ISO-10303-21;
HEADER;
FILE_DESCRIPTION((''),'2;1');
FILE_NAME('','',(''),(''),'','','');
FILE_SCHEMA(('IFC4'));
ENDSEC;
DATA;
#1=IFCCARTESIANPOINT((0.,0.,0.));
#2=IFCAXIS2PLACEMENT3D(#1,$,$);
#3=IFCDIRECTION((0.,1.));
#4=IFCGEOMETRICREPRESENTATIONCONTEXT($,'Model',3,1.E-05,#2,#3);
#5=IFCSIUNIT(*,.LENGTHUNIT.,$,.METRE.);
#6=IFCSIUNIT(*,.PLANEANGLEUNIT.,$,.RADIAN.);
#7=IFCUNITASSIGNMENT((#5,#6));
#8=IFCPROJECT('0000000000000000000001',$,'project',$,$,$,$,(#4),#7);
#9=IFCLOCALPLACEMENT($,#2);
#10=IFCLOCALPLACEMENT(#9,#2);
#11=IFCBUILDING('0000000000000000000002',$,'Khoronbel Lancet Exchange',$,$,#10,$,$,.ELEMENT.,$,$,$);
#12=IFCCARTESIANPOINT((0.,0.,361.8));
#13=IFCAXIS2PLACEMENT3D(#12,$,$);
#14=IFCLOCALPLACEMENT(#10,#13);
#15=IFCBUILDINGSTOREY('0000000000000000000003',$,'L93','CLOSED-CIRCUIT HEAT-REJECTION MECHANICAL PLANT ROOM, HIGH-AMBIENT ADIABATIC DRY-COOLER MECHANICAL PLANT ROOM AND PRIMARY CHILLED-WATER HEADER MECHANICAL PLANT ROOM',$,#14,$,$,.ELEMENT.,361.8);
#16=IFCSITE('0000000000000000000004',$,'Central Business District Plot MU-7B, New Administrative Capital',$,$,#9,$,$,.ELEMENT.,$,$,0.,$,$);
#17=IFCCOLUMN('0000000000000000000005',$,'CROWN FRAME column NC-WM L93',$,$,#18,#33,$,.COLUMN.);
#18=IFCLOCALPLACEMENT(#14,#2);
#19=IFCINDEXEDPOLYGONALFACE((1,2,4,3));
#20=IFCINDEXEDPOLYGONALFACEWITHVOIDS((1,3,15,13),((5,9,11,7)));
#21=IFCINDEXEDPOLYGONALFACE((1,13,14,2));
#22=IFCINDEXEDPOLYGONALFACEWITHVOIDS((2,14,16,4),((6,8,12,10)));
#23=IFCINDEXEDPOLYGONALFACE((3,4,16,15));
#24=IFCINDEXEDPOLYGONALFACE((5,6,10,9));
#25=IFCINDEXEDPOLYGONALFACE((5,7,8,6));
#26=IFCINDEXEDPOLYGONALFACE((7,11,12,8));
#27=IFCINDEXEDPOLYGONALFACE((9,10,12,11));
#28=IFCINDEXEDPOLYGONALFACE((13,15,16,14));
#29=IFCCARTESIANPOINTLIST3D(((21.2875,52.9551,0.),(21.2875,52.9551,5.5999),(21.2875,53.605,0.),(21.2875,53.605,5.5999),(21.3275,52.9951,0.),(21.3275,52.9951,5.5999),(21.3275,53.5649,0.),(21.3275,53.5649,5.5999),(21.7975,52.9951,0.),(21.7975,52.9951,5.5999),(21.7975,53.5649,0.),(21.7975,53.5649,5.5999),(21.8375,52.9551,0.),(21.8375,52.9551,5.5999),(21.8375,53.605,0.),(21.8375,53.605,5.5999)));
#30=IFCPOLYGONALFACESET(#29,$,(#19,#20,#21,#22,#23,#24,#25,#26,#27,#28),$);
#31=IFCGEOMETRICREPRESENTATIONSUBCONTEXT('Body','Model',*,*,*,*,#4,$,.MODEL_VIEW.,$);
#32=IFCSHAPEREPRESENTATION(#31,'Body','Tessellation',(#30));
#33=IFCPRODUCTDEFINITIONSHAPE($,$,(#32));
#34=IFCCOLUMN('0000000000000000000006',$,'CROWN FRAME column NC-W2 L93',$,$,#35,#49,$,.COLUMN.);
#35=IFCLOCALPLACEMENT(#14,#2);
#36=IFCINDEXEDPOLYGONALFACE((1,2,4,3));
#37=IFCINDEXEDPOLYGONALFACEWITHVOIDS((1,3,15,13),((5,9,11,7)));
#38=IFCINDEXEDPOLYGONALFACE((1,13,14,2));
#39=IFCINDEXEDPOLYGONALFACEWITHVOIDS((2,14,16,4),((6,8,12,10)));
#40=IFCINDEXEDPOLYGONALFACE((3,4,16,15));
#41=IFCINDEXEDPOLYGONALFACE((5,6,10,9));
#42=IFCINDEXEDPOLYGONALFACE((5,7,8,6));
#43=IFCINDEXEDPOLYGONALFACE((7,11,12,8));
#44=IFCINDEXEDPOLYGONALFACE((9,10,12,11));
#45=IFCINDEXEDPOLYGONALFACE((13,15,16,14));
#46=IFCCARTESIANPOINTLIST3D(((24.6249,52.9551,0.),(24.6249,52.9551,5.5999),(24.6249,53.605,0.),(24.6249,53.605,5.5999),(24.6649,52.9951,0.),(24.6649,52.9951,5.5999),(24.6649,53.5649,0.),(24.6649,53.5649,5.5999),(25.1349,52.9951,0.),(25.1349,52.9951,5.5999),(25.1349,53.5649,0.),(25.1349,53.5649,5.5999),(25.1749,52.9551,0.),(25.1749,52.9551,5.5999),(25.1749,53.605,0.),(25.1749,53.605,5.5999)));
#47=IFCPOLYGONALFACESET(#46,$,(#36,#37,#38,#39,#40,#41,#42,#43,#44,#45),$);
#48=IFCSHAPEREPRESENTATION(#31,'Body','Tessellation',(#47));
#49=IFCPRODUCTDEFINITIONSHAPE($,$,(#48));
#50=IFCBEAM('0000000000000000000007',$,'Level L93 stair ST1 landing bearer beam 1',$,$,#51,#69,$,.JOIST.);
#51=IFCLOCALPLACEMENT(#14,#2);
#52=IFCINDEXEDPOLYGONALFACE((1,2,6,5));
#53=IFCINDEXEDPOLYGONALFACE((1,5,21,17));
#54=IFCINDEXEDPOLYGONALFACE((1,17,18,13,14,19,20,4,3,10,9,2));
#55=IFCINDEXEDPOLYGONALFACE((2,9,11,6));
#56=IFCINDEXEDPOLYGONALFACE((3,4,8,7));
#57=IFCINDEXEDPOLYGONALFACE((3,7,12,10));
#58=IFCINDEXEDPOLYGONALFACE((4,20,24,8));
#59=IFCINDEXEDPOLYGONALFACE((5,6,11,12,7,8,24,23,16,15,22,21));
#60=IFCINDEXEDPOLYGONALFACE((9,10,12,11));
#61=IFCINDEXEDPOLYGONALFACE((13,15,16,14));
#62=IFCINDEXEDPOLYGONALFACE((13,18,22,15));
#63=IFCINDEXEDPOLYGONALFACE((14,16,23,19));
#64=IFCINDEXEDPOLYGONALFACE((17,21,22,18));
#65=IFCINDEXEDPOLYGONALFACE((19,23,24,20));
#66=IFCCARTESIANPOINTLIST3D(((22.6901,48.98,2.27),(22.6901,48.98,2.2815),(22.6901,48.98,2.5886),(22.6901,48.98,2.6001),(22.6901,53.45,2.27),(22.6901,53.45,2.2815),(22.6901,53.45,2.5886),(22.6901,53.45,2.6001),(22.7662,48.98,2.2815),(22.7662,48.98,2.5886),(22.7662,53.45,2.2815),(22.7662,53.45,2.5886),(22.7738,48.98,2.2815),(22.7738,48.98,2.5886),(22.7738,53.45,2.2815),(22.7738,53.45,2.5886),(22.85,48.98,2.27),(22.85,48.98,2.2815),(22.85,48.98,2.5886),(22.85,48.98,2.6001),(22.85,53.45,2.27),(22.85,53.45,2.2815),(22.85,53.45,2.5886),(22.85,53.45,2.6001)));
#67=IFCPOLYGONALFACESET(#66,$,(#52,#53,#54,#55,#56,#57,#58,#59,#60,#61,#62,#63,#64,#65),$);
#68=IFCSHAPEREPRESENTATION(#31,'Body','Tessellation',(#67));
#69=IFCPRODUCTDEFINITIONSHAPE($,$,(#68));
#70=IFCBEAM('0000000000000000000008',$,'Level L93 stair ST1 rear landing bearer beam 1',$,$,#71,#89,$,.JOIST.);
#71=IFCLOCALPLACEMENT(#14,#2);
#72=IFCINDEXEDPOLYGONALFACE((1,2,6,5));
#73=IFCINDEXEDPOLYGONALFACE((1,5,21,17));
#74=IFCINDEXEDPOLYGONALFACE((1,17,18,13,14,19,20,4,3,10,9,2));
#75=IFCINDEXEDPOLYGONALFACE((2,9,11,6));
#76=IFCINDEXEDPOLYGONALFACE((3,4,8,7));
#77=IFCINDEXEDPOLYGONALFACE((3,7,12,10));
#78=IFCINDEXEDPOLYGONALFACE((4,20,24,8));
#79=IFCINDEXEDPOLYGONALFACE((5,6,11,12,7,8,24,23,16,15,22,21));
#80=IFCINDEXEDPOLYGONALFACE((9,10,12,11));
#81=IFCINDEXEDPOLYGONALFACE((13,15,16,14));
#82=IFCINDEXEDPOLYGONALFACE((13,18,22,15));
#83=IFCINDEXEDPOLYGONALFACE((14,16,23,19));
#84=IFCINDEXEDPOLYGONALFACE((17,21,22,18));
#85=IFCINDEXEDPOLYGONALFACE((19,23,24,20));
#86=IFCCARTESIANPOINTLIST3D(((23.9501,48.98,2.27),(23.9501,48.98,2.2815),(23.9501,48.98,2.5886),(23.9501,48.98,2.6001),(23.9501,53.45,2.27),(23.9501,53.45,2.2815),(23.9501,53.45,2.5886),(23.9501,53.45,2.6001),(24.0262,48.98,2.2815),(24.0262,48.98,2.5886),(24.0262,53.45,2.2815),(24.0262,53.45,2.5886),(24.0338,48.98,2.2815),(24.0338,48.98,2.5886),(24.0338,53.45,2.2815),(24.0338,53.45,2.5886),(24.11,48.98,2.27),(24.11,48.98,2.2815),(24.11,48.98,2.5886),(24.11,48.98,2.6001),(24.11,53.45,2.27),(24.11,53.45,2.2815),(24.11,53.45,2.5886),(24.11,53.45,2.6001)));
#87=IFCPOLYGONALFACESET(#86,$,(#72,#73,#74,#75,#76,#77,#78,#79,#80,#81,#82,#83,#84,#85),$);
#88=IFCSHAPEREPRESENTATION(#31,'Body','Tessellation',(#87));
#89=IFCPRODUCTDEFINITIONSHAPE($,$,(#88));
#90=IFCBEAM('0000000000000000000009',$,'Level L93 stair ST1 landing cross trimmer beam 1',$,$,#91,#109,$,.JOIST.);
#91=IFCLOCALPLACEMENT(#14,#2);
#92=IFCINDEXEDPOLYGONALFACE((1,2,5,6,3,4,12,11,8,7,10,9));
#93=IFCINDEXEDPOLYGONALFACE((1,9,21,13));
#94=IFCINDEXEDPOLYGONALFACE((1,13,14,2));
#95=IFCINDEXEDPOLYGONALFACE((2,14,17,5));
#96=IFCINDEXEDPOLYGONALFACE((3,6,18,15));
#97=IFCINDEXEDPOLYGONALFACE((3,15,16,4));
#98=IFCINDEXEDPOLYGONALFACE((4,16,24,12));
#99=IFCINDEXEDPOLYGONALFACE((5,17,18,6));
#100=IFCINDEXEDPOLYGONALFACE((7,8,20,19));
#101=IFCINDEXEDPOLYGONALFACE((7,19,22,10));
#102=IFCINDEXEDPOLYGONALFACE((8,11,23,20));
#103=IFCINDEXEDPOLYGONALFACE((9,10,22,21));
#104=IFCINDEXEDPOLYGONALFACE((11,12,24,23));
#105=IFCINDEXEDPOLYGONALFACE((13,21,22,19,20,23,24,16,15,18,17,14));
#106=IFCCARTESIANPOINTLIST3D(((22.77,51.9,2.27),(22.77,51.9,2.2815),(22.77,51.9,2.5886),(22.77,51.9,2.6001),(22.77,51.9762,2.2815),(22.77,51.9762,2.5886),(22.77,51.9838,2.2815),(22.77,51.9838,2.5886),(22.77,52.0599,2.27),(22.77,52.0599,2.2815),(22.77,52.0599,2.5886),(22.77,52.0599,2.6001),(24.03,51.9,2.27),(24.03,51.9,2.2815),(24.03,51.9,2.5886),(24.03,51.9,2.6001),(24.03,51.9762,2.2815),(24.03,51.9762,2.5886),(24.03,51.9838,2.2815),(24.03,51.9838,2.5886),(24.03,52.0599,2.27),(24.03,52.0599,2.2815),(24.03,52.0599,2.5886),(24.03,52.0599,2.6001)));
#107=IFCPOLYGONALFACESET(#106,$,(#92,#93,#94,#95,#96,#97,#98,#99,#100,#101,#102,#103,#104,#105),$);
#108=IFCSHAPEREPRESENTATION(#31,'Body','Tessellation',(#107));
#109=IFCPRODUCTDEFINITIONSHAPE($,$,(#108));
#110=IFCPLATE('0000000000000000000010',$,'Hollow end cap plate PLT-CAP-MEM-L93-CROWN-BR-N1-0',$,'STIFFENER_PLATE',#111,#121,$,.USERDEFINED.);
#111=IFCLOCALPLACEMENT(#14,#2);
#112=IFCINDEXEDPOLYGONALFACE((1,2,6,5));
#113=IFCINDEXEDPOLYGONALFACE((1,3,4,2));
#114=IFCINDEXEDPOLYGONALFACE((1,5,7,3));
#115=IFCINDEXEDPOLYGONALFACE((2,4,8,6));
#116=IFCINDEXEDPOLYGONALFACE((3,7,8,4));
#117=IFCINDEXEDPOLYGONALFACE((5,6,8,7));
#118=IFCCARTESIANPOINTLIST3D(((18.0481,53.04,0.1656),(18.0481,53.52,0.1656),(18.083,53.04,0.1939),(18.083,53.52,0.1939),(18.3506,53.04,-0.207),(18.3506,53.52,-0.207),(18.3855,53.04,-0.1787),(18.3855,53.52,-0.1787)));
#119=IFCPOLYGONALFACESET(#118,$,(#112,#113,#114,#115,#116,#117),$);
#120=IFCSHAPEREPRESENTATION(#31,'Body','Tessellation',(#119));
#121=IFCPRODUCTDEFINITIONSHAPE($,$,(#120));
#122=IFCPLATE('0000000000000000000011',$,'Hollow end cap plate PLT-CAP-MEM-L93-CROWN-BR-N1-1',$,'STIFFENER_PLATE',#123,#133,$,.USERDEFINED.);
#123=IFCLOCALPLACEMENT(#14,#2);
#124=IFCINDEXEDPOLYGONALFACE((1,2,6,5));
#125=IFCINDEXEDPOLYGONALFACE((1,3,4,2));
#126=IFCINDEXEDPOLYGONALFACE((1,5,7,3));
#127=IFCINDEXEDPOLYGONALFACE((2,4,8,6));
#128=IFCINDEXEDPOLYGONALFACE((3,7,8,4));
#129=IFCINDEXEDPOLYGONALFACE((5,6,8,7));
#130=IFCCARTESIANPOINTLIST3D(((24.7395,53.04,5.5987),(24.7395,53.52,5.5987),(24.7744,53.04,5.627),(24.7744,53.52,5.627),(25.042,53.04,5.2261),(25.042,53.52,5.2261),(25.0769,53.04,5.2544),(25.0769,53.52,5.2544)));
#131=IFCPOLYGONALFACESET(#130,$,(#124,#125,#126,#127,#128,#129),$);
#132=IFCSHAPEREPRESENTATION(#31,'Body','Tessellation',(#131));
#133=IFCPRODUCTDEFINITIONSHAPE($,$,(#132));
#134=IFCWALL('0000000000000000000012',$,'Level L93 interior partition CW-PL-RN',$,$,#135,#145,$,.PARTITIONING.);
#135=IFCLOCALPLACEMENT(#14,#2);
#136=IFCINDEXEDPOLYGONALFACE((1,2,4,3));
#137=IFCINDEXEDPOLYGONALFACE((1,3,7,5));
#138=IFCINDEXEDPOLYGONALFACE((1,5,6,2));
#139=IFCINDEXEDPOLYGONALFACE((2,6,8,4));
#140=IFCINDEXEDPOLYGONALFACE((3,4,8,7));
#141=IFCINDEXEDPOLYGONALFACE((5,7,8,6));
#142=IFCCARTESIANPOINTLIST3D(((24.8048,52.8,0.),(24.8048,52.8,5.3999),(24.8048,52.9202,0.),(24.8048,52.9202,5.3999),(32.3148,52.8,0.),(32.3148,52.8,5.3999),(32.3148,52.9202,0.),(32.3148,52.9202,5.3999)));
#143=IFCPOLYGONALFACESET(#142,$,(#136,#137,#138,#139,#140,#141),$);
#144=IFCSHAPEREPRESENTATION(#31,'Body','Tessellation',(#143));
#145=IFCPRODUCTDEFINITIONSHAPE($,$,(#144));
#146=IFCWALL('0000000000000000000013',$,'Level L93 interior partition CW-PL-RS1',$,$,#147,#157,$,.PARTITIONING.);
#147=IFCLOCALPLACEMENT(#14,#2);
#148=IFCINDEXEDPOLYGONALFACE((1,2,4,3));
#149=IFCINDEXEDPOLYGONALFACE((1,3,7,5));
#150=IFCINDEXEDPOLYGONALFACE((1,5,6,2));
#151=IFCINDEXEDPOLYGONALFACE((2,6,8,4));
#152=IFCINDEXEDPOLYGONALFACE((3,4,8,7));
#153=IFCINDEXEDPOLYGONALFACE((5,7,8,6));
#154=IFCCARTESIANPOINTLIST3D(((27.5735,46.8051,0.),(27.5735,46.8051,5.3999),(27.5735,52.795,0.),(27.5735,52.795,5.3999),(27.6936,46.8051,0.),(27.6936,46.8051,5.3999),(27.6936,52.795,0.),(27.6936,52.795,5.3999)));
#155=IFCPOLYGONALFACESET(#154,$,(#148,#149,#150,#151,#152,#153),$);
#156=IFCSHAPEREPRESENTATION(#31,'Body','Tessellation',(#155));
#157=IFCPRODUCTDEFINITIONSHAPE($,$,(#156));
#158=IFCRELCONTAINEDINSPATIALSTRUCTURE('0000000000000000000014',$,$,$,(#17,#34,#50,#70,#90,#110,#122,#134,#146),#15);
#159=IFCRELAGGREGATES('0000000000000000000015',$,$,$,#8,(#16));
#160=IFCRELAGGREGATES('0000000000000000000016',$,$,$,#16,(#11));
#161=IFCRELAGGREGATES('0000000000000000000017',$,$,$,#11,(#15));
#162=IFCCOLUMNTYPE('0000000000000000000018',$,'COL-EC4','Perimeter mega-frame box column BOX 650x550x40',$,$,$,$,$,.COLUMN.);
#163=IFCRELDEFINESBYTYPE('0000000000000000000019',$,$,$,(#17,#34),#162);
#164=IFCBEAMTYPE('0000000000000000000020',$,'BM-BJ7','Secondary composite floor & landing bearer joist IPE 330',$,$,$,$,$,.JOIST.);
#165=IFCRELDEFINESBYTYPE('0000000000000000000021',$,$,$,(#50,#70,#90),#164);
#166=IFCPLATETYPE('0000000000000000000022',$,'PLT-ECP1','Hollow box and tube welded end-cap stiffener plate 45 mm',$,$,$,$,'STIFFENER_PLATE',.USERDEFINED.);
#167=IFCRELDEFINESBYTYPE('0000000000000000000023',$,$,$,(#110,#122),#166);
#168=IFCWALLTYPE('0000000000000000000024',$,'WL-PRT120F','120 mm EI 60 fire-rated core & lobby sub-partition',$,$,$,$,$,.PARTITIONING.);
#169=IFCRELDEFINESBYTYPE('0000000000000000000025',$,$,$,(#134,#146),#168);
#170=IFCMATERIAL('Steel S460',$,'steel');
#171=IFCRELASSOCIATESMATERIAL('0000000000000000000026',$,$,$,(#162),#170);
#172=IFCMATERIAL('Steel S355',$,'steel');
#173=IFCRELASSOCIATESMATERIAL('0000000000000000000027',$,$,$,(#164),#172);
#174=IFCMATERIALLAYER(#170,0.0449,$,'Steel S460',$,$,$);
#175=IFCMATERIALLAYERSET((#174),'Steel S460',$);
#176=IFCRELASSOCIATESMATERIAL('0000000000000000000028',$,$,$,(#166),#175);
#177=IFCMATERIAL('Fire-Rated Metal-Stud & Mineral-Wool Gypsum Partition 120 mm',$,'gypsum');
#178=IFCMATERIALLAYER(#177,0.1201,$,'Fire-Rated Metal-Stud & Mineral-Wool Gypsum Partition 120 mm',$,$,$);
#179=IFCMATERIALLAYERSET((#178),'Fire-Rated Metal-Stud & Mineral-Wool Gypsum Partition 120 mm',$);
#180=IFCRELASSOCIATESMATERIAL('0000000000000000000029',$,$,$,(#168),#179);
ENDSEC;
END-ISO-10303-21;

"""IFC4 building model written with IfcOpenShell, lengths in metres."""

from ifc_helpers import new_model, si_unit, direction, frame, frame_2d, origin, origin_2d, place, context, subcontext, project, spatial, polyline, rectangle, hollow_rectangle, i_section, outline, extrude, material, layer, layer_set, material_profile, profile_set, type_object, element, save


model = new_model("IFC4")

# Units and contexts
model_context = context("Model", 3, precision=1e-05, world=origin(), true_north=direction((0.0, 1.0)))
body_context = subcontext(model_context, "Body", "Model", "MODEL_VIEW")
ifc_project = project(units=[si_unit("LENGTHUNIT", "METRE"), si_unit("PLANEANGLEUNIT", "RADIAN")], contexts=[model_context])

# Site, building, storey
site_placement = place(None, origin())
site = spatial("IfcSite", under=ifc_project, at=site_placement, Name="Central Business District Plot MU-7B, New Administrative Capital", CompositionType="ELEMENT", RefElevation=0.0)
building_placement = place(site_placement, origin())
building = spatial("IfcBuilding", under=site, at=building_placement, Name="Khoronbel Lancet Exchange", CompositionType="ELEMENT")
storey_placement = place(building_placement, frame((0.0, 0.0, 361.8)))
storey = spatial("IfcBuildingStorey", under=building, at=storey_placement, Name="L93", Description="CLOSED-CIRCUIT HEAT-REJECTION MECHANICAL PLANT ROOM, HIGH-AMBIENT ADIABATIC DRY-COOLER MECHANICAL PLANT ROOM AND PRIMARY CHILLED-WATER HEADER MECHANICAL PLANT ROOM", CompositionType="ELEMENT", Elevation=361.8)

# Columns
ifc_material_1 = material(Name="Steel S460", Category="steel")
ifc_material_profile_1 = material_profile(ifc_material_1, hollow_rectangle(XDim=0.55, YDim=0.6499, WallThickness=0.04, at=origin_2d()), Name="BOX 650x550x40")
ifc_profile_set_1 = profile_set([ifc_material_profile_1], Name="Steel S460")
column_type = type_object("IfcColumnType", Name="COL-EC4", Description="Perimeter mega-frame box column BOX 650x550x40", PredefinedType="COLUMN", material=ifc_profile_set_1)
for number, where, z_axis, x_axis, name in (
    (1, (21.5625, 53.28, 0.0), (0.0, 0.0, 1.0), (1.0, 0.0, 0.0), "CROWN FRAME column NC-WM L93"),
    (2, (24.8999, 53.28, 0.0), (0.0, 0.0, 1.0), (1.0, 0.0, 0.0), "CROWN FRAME column NC-W2 L93"),
):
    element("IfcColumn", number, at=place(storey_placement, frame(where, z_axis=z_axis, x_axis=x_axis)), inside=storey, type_object=column_type, Name=name, PredefinedType="COLUMN", context=body_context, shape_type="SweptSolid", body=[
        extrude(hollow_rectangle(XDim=0.55, YDim=0.6499, WallThickness=0.04, at=origin_2d()), origin(), (0.0, 0.0, 1.0), 5.5999),
    ])

# Beams
ifc_material_2 = material(Name="Steel S355", Category="steel")
ifc_material_profile_2 = material_profile(ifc_material_2, i_section(OverallWidth=0.1599, OverallDepth=0.3301, WebThickness=0.0076, FlangeThickness=0.0115, at=origin_2d()), Name="IPE 330")
ifc_profile_set_2 = profile_set([ifc_material_profile_2], Name="Steel S355")
beam_type = type_object("IfcBeamType", Name="BM-BJ7", Description="Secondary composite floor & landing bearer joist IPE 330", PredefinedType="JOIST", material=ifc_profile_set_2)
for number, where, z_axis, x_axis, name in (
    (3, (22.77, 48.98, 2.4351), (0.0, 1.0, 0.0), (-1.0, 0.0, 0.0), "Level L93 stair ST1 landing bearer beam 1"),
    (4, (24.03, 48.98, 2.4351), (0.0, 1.0, 0.0), (-1.0, 0.0, 0.0), "Level L93 stair ST1 rear landing bearer beam 1"),
):
    element("IfcBeam", number, at=place(storey_placement, frame(where, z_axis=z_axis, x_axis=x_axis)), inside=storey, type_object=beam_type, Name=name, PredefinedType="JOIST", context=body_context, shape_type="SweptSolid", body=[
        extrude(i_section(OverallWidth=0.1599, OverallDepth=0.3301, WebThickness=0.0076, FlangeThickness=0.0115, at=origin_2d()), origin(), (0.0, 0.0, 1.0), 4.47),
    ])
beam_placement = place(storey_placement, frame((22.77, 51.98, 2.4351), z_axis=(1.0, 0.0, 0.0), x_axis=(0.0, 1.0, 0.0)))
element("IfcBeam", 5, at=beam_placement, inside=storey, type_object=beam_type, Name="Level L93 stair ST1 landing cross trimmer beam 1", PredefinedType="JOIST", context=body_context, shape_type="SweptSolid", body=[
    extrude(i_section(OverallWidth=0.1599, OverallDepth=0.3301, WebThickness=0.0076, FlangeThickness=0.0115, at=origin_2d()), origin(), (0.0, 0.0, 1.0), 1.26),
])

# Plates
ifc_layer_1 = layer(ifc_material_1, 0.0449, Name="Steel S460")
ifc_layer_set_1 = layer_set([ifc_layer_1], Name="Steel S460")
plate_type = type_object("IfcPlateType", Name="PLT-ECP1", Description="Hollow box and tube welded end-cap stiffener plate 45 mm", ElementType="STIFFENER_PLATE", PredefinedType="USERDEFINED", material=ifc_layer_set_1)
for number, where, z_axis, x_axis, name in (
    (6, (18.3855, 53.04, -0.1787), (0.776332, 0.0, 0.630324), (0.0, 1.0, 0.0), "Hollow end cap plate PLT-CAP-MEM-L93-CROWN-BR-N1-0"),
    (7, (25.0769, 53.04, 5.2544), (0.776332, 0.0, 0.630324), (0.0, 1.0, 0.0), "Hollow end cap plate PLT-CAP-MEM-L93-CROWN-BR-N1-1"),
):
    element("IfcPlate", number, at=place(storey_placement, frame(where, z_axis=z_axis, x_axis=x_axis)), inside=storey, type_object=plate_type, Name=name, ObjectType="STIFFENER_PLATE", PredefinedType="USERDEFINED", context=body_context, shape_type="SweptSolid", body=[
        extrude(outline(polyline([(0.0, 0.0), (0.48, 0.0), (0.48, 0.48), (0.0, 0.48), (0.0, 0.0)])), origin(), (0.0, 0.0, -1.0), 0.0449),
    ])

# Walls
ifc_material_3 = material(Name="Fire-Rated Metal-Stud & Mineral-Wool Gypsum Partition 120 mm", Category="gypsum")
ifc_layer_2 = layer(ifc_material_3, 0.1201, Name="Fire-Rated Metal-Stud & Mineral-Wool Gypsum Partition 120 mm")
ifc_layer_set_2 = layer_set([ifc_layer_2], Name="Fire-Rated Metal-Stud & Mineral-Wool Gypsum Partition 120 mm")
wall_type = type_object("IfcWallType", Name="WL-PRT120F", Description="120 mm EI 60 fire-rated core & lobby sub-partition", PredefinedType="PARTITIONING", material=ifc_layer_set_2)
wall_1_placement = place(storey_placement, frame((24.8049, 52.8601, 0.0), z_axis=(0.0, 0.0, 1.0), x_axis=(1.0, 0.0, 0.0)))
element("IfcWall", 8, at=wall_1_placement, inside=storey, type_object=wall_type, Name="Level L93 interior partition CW-PL-RN", PredefinedType="PARTITIONING", context=body_context, shape_type="SweptSolid", body=[
    extrude(rectangle(XDim=7.51, YDim=0.1201, at=frame_2d((3.7549, 0.0))), origin(), (0.0, 0.0, 1.0), 5.3999),
])
wall_2_placement = place(storey_placement, frame((27.6335, 46.8049, 0.0), z_axis=(0.0, 0.0, 1.0), x_axis=(0.0, 1.0, 0.0)))
element("IfcWall", 9, at=wall_2_placement, inside=storey, type_object=wall_type, Name="Level L93 interior partition CW-PL-RS1", PredefinedType="PARTITIONING", context=body_context, shape_type="SweptSolid", body=[
    extrude(rectangle(XDim=5.99, YDim=0.1201, at=frame_2d((2.9951, 0.0))), origin(), (0.0, 0.0, 1.0), 5.3999),
])

save(model, "model.ifc")
